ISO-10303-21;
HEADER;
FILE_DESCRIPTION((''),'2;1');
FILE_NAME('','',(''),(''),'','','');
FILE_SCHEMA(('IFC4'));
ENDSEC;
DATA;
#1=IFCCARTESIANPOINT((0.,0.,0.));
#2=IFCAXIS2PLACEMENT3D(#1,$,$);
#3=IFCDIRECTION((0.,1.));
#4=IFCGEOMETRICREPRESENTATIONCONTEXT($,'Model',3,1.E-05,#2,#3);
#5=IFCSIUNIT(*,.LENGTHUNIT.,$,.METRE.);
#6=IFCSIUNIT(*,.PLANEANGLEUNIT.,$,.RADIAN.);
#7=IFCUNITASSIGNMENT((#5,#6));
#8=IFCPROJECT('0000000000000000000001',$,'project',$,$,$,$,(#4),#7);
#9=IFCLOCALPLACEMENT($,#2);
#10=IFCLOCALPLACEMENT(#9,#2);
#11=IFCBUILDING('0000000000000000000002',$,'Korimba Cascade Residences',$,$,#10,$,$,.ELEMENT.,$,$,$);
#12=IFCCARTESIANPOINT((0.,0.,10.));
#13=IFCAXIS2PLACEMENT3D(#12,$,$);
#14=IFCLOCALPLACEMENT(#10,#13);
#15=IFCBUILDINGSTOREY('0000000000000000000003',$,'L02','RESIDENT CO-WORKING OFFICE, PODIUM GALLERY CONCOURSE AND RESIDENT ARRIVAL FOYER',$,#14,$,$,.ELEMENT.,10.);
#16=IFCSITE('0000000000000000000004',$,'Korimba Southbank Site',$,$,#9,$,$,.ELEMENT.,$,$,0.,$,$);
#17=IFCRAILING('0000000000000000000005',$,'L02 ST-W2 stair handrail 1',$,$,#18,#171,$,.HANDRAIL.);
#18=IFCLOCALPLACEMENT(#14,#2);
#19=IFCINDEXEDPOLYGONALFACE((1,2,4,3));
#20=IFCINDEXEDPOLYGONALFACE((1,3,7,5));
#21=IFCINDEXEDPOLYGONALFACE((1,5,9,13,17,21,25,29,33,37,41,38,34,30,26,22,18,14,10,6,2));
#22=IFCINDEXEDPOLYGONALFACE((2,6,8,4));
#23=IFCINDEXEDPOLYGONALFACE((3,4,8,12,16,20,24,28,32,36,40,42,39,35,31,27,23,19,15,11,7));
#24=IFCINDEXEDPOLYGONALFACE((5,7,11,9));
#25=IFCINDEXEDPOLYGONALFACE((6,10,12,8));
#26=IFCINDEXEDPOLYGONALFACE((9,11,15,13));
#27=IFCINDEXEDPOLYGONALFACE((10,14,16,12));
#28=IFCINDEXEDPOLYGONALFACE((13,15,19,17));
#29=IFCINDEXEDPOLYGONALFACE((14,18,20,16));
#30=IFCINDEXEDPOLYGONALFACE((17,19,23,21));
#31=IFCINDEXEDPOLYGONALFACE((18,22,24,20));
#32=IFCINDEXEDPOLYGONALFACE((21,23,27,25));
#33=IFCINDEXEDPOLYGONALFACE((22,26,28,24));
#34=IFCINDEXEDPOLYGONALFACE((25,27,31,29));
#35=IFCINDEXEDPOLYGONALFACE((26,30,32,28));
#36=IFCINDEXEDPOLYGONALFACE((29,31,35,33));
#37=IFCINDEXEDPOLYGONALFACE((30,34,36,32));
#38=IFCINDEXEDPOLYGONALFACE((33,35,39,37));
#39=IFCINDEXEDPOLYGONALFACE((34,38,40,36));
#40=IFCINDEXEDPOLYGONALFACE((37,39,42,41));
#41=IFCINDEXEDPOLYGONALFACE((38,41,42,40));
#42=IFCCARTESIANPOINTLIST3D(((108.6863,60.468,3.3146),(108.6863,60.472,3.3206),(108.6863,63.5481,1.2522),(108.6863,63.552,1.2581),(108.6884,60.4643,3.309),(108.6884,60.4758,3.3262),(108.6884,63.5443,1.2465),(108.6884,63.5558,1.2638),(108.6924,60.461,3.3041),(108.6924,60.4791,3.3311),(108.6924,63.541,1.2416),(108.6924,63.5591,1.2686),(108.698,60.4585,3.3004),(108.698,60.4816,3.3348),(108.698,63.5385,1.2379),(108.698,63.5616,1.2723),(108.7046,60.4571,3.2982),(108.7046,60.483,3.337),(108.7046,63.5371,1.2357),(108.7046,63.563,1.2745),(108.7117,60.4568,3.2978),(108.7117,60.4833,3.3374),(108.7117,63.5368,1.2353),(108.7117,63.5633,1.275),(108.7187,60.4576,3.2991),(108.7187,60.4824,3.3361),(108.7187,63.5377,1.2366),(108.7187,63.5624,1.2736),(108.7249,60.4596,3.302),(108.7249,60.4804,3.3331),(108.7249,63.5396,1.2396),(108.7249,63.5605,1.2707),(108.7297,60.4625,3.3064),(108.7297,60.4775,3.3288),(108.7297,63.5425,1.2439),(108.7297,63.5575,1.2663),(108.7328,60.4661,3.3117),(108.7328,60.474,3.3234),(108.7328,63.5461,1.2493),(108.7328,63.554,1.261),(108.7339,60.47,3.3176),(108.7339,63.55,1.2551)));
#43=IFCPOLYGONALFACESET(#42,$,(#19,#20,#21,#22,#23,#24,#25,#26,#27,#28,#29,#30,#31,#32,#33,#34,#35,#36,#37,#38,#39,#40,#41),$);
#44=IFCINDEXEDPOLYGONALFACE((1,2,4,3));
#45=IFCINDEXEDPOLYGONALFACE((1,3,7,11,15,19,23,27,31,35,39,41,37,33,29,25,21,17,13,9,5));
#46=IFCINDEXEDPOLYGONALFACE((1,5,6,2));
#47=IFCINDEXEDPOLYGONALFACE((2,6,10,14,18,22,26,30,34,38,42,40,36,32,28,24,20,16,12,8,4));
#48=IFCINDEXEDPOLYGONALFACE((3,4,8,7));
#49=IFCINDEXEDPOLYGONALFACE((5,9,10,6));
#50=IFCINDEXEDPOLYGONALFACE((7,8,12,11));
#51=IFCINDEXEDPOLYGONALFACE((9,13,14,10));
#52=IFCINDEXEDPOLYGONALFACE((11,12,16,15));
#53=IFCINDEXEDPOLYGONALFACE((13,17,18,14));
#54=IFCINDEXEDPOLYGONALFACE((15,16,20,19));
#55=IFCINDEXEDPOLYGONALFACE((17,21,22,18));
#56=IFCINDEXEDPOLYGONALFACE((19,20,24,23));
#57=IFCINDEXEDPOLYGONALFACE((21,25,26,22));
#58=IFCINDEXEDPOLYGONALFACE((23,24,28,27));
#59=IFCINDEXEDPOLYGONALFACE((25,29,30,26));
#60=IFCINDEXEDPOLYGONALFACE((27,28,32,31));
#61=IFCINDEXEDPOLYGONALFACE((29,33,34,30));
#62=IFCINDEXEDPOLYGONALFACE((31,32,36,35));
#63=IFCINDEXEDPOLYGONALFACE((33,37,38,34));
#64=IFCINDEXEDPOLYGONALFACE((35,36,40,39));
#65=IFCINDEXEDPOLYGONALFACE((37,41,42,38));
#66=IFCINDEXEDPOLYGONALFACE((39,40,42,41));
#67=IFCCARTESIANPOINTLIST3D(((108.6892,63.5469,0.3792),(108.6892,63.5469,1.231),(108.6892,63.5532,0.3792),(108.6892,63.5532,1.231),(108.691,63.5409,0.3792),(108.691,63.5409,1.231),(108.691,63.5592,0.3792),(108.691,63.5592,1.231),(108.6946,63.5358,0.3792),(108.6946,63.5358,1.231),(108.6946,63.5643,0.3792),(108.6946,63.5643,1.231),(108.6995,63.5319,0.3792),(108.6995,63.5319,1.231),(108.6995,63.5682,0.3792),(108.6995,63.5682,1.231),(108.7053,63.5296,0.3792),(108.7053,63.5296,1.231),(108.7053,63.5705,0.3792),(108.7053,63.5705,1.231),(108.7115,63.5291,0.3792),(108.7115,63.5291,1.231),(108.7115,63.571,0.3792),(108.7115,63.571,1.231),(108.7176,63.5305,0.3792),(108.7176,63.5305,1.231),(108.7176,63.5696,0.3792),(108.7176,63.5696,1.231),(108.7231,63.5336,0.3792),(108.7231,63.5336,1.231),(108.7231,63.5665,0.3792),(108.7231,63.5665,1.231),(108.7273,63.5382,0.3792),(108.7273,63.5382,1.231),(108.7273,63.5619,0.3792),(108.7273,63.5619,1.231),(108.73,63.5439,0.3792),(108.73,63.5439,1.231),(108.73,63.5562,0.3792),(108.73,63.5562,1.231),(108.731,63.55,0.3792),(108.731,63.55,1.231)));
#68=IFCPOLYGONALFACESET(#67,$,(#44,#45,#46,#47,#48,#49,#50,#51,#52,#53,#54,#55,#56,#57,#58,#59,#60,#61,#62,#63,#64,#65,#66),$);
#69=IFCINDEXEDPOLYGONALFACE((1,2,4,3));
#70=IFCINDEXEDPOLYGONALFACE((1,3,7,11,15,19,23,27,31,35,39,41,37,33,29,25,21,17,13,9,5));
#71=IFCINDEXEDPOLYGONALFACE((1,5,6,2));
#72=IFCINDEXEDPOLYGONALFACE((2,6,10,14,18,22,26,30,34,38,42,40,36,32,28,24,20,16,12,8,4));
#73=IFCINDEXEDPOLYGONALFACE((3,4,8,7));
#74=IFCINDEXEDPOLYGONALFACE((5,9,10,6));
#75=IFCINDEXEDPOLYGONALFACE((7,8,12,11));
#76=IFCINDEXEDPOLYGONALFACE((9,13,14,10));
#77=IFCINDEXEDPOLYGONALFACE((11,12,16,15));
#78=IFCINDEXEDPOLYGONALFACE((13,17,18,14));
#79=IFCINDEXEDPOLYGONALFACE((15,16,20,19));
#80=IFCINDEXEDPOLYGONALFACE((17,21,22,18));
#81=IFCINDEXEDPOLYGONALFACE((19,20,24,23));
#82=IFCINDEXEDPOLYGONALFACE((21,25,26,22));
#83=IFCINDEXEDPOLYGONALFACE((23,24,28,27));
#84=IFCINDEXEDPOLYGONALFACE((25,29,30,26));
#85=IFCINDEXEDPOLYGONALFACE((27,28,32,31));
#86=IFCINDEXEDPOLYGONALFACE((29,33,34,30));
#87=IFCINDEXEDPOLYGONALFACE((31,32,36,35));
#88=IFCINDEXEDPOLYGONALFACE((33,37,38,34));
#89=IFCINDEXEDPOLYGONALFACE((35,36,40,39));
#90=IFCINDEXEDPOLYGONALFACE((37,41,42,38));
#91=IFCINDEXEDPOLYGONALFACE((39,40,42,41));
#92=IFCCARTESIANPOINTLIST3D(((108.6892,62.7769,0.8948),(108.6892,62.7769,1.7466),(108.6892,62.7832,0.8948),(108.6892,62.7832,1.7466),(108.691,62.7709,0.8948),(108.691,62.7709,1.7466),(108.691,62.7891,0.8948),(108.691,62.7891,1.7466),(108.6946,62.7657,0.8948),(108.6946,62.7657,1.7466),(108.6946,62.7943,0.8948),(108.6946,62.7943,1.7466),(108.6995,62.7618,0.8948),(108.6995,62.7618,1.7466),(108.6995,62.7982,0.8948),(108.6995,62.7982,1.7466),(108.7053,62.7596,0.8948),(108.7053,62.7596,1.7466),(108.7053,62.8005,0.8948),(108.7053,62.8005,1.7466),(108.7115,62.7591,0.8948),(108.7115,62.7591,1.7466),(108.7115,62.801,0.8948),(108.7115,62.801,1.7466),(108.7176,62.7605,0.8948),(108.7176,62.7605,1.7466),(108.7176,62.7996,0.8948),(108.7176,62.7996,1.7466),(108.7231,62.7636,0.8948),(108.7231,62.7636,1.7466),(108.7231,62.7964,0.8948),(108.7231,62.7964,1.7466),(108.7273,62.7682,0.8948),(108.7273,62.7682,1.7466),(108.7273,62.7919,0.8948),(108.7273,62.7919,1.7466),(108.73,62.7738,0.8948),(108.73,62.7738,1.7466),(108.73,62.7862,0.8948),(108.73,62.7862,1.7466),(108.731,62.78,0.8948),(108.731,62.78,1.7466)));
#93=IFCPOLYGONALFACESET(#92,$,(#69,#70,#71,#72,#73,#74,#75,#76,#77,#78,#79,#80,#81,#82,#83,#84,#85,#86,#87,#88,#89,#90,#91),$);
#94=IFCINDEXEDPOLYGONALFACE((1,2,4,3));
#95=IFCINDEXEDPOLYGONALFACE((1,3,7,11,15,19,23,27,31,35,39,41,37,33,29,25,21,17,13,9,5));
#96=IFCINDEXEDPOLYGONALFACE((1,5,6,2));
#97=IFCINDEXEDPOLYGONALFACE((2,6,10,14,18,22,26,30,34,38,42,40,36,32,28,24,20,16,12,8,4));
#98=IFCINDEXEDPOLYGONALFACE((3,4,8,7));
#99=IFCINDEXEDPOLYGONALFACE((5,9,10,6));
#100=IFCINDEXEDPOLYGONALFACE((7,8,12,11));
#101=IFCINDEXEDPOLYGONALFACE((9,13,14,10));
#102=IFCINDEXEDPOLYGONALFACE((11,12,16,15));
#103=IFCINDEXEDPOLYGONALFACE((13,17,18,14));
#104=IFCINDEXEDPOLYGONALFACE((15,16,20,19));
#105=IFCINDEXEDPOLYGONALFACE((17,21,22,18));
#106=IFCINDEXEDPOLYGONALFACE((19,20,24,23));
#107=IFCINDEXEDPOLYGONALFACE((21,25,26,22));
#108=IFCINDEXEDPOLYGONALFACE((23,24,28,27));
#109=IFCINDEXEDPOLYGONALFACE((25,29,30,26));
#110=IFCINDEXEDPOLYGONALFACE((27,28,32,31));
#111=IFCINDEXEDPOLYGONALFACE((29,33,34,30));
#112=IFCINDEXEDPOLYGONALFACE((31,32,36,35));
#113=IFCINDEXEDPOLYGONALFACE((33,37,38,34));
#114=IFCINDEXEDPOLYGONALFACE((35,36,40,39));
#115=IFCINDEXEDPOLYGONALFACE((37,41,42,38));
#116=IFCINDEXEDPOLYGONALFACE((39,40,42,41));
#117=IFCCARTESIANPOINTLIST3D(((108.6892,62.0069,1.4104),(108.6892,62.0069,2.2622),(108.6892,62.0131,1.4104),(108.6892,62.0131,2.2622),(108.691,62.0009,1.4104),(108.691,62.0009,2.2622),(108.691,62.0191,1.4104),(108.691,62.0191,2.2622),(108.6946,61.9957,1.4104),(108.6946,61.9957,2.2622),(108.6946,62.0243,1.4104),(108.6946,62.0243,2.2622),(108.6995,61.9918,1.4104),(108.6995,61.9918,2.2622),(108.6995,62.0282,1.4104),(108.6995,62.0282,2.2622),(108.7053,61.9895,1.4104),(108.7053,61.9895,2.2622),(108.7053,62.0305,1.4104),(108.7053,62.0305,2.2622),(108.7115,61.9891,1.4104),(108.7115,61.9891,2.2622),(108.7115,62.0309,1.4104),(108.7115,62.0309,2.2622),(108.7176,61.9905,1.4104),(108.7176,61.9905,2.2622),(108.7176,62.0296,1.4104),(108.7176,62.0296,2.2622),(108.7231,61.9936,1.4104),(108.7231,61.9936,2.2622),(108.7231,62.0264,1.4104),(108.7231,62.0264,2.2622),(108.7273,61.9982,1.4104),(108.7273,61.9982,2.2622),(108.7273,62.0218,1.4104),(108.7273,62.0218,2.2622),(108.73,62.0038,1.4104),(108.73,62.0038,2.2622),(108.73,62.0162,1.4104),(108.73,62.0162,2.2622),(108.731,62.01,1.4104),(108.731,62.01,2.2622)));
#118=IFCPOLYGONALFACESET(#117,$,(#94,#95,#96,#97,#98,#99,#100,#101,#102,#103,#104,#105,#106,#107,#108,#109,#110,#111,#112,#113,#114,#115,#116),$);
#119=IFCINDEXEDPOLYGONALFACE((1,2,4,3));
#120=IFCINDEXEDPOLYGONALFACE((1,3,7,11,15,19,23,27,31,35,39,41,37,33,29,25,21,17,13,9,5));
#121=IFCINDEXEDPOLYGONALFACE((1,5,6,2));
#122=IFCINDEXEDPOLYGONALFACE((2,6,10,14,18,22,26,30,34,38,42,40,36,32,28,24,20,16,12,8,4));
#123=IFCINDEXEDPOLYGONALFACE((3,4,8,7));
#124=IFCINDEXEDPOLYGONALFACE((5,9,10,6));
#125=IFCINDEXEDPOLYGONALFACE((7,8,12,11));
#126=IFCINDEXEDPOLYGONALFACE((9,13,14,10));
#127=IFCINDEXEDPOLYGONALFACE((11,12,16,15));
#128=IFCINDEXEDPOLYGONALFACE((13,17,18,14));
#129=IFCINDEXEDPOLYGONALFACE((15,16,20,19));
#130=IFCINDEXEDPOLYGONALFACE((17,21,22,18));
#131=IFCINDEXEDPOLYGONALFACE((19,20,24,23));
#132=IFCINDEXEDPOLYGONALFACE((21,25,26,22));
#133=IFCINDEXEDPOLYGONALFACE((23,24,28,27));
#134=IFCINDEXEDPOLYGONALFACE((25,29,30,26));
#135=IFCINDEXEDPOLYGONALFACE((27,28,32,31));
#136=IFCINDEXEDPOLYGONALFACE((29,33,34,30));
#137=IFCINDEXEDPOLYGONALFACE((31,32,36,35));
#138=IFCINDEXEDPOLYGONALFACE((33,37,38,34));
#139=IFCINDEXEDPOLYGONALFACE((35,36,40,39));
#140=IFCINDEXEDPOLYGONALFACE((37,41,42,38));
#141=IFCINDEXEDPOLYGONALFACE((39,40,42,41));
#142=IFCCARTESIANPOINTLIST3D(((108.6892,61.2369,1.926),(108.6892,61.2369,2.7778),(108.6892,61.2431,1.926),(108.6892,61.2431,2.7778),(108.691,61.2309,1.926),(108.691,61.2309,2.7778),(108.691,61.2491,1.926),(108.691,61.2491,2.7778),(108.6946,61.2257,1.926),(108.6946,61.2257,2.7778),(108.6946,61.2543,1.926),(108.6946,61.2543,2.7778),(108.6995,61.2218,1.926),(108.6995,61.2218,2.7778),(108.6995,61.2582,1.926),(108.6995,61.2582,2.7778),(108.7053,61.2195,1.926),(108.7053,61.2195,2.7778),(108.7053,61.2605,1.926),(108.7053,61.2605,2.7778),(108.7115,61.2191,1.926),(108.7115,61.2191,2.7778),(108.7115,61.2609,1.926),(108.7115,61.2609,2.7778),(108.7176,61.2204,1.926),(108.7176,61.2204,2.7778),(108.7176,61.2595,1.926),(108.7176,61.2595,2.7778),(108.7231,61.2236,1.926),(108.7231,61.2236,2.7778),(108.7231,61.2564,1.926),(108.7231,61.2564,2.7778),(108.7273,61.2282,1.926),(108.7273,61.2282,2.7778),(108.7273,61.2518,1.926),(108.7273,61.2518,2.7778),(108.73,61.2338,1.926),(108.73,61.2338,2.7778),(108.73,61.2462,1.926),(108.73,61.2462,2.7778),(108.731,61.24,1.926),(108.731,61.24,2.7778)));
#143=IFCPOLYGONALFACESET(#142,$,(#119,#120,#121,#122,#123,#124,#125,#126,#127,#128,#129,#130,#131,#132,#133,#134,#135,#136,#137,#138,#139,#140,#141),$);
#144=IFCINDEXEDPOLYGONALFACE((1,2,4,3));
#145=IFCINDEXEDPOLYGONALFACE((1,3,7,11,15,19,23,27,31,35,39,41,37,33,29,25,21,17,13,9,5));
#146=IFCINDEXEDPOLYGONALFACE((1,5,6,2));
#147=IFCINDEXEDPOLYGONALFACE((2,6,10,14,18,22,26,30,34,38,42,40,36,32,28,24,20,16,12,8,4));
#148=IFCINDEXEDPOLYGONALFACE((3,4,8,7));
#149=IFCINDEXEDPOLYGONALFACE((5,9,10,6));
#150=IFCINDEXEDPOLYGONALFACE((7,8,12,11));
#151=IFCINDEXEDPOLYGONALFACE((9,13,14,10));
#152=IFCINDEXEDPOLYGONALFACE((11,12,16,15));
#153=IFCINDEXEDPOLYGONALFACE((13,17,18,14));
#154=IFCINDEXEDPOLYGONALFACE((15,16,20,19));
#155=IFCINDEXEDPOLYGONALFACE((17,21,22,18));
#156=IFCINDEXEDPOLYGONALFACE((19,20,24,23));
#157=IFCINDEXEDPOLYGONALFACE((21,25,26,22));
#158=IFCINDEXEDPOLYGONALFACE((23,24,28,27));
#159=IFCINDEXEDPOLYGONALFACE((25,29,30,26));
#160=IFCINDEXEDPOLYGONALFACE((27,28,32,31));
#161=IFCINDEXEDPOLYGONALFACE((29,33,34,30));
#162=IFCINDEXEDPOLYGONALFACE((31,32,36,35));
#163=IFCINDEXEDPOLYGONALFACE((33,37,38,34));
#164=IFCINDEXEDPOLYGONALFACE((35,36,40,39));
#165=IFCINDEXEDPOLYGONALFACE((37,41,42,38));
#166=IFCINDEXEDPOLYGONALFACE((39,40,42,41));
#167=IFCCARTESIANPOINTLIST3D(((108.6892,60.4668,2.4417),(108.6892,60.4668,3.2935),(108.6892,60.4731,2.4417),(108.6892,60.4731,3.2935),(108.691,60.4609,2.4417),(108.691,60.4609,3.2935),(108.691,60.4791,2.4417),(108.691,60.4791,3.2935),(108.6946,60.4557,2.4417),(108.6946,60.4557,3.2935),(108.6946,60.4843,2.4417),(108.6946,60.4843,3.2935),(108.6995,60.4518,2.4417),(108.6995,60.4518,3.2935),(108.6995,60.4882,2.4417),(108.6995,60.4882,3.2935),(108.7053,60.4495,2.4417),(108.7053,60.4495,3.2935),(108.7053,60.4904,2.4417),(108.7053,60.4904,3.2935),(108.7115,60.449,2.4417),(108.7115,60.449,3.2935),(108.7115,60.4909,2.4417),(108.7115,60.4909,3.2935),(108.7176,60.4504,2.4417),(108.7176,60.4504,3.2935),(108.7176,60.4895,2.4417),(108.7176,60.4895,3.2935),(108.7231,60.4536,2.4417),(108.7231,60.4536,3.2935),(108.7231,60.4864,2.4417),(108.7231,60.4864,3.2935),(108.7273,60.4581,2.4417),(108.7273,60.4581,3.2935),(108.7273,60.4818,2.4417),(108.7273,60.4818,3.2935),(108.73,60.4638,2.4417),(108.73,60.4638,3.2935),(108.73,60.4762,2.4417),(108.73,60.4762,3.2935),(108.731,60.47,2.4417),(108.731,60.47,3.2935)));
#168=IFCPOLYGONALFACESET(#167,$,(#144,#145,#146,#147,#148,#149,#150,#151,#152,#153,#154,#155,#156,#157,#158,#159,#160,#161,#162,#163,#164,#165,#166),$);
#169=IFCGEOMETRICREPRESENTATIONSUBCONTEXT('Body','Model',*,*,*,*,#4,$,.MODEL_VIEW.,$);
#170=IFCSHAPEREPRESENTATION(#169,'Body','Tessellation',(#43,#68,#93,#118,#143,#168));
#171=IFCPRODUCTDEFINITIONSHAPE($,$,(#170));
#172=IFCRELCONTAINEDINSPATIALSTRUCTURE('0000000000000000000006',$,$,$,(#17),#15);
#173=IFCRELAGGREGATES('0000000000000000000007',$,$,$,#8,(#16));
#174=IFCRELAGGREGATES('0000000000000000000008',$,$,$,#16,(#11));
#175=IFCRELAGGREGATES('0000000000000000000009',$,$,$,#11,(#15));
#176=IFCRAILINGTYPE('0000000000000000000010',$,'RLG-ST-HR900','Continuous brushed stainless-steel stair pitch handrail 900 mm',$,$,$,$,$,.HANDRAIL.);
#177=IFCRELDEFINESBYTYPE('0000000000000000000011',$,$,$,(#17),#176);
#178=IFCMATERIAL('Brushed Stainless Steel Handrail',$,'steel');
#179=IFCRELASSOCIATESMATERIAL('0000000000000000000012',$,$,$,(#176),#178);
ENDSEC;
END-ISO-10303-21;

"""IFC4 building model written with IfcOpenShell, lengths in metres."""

from ifc_helpers import new_model, si_unit, direction, frame, origin, origin_2d, place, context, subcontext, project, spatial, circle, extrude, material, type_object, element, save


model = new_model("IFC4")

# Units and contexts
model_context = context("Model", 3, precision=1e-05, world=origin(), true_north=direction((0.0, 1.0)))
body_context = subcontext(model_context, "Body", "Model", "MODEL_VIEW")
ifc_project = project(units=[si_unit("LENGTHUNIT", "METRE"), si_unit("PLANEANGLEUNIT", "RADIAN")], contexts=[model_context])

# Site, building, storey
site_placement = place(None, origin())
site = spatial("IfcSite", under=ifc_project, at=site_placement, Name="Korimba Southbank Site", CompositionType="ELEMENT", RefElevation=0.0)
building_placement = place(site_placement, origin())
building = spatial("IfcBuilding", under=site, at=building_placement, Name="Korimba Cascade Residences", CompositionType="ELEMENT")
storey_placement = place(building_placement, frame((0.0, 0.0, 10.0)))
storey = spatial("IfcBuildingStorey", under=building, at=storey_placement, Name="L02", Description="RESIDENT CO-WORKING OFFICE, PODIUM GALLERY CONCOURSE AND RESIDENT ARRIVAL FOYER", CompositionType="ELEMENT", Elevation=10.0)

# Railing
ifc_material_1 = material(Name="Brushed Stainless Steel Handrail", Category="steel")
railing_type_1 = type_object("IfcRailingType", Name="RLG-ST-HR900", Description="Continuous brushed stainless-steel stair pitch handrail 900 mm", PredefinedType="HANDRAIL", material=ifc_material_1)
railing_1_placement = place(storey_placement, frame((108.71, 63.55, 0.3792)))
element("IfcRailing", 1, at=railing_1_placement, inside=storey, type_object=railing_type_1, Name="L02 ST-W2 stair handrail 1", PredefinedType="HANDRAIL", context=body_context, shape_type="SweptSolid", body=[
    extrude(circle(Radius=0.0239, at=origin_2d()), frame((0.0, 0.0, 0.876), z_axis=(0.0, -0.830914, 0.556401), x_axis=(1.0, 0.0, 0.0)), (0.0, 0.0, 1.0), 3.7068),
    extrude(circle(Radius=0.021, at=origin_2d()), origin(), (0.0, 0.0, 1.0), 0.8518),
    extrude(circle(Radius=0.021, at=origin_2d()), frame((0.0, -0.77, 0.5156)), (0.0, 0.0, 1.0), 0.8518),
    extrude(circle(Radius=0.021, at=origin_2d()), frame((0.0, -1.54, 1.0312)), (0.0, 0.0, 1.0), 0.8518),
    extrude(circle(Radius=0.021, at=origin_2d()), frame((0.0, -2.3101, 1.5469)), (0.0, 0.0, 1.0), 0.8518),
    extrude(circle(Radius=0.021, at=origin_2d()), frame((0.0, -3.0801, 2.0625)), (0.0, 0.0, 1.0), 0.8518),
])

save(model, "model.ifc")
